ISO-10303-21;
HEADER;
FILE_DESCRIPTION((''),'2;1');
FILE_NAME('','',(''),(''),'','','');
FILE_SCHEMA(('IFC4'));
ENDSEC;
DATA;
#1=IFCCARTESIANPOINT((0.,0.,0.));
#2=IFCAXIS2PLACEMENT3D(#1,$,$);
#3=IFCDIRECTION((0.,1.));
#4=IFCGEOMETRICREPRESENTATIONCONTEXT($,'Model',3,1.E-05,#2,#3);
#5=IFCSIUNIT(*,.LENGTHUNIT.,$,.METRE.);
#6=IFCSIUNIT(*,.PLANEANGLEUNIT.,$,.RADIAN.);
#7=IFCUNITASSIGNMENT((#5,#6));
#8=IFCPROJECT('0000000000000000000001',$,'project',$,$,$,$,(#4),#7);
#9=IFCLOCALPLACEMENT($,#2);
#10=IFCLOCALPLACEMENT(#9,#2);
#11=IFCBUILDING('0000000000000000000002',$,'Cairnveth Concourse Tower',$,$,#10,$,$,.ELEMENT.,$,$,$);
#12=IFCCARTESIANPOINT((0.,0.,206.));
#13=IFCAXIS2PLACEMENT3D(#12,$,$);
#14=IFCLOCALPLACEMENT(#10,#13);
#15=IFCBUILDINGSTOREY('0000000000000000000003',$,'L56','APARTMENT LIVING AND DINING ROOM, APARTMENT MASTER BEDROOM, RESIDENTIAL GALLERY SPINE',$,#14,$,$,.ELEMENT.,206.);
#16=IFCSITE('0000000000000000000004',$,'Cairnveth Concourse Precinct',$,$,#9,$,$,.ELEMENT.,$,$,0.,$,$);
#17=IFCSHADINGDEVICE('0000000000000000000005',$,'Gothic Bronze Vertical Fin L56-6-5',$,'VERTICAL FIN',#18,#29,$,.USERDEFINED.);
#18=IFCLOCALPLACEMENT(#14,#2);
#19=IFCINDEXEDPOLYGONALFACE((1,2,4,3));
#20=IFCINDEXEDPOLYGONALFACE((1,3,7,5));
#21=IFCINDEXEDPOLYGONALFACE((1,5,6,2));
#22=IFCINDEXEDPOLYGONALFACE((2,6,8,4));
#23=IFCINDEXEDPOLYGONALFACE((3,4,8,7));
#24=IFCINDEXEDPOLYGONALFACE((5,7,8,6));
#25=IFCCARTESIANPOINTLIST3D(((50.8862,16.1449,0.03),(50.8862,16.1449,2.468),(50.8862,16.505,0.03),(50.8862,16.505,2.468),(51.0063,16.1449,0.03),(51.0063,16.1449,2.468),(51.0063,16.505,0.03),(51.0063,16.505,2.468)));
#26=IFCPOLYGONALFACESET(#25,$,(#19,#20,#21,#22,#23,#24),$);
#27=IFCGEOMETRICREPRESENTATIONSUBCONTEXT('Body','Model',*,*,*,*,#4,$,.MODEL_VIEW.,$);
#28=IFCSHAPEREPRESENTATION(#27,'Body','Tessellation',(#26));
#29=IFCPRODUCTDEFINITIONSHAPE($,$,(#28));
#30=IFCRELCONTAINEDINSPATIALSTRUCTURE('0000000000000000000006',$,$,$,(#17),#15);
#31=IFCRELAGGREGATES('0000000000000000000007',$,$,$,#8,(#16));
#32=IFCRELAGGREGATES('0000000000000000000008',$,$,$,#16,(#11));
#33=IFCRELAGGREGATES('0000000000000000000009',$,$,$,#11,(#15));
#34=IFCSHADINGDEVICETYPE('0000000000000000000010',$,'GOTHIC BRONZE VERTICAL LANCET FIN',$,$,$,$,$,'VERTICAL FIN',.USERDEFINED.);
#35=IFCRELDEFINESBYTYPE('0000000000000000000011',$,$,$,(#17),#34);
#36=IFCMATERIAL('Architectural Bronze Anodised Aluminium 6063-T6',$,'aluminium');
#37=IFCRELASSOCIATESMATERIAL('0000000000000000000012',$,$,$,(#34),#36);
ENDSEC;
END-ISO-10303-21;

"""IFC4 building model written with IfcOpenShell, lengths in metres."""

from ifc_helpers import new_model, si_unit, direction, frame, origin, origin_2d, place, context, subcontext, project, spatial, rectangle, extrude, material, type_object, element, save


model = new_model("IFC4")

# Units and contexts
model_context = context("Model", 3, precision=1e-05, world=origin(), true_north=direction((0.0, 1.0)))
body_context = subcontext(model_context, "Body", "Model", "MODEL_VIEW")
ifc_project = project(units=[si_unit("LENGTHUNIT", "METRE"), si_unit("PLANEANGLEUNIT", "RADIAN")], contexts=[model_context])

# Site, building, storey
site_placement = place(None, origin())
site = spatial("IfcSite", under=ifc_project, at=site_placement, Name="Cairnveth Concourse Precinct", CompositionType="ELEMENT", RefElevation=0.0)
building_placement = place(site_placement, origin())
building = spatial("IfcBuilding", under=site, at=building_placement, Name="Cairnveth Concourse Tower", CompositionType="ELEMENT")
storey_placement = place(building_placement, frame((0.0, 0.0, 206.0)))
storey = spatial("IfcBuildingStorey", under=building, at=storey_placement, Name="L56", Description="APARTMENT LIVING AND DINING ROOM, APARTMENT MASTER BEDROOM, RESIDENTIAL GALLERY SPINE", CompositionType="ELEMENT", Elevation=206.0)

# Shading device
ifc_material_1 = material(Name="Architectural Bronze Anodised Aluminium 6063-T6", Category="aluminium")
shading_device_type = type_object("IfcShadingDeviceType", Name="GOTHIC BRONZE VERTICAL LANCET FIN", ElementType="VERTICAL FIN", PredefinedType="USERDEFINED", material=ifc_material_1)
for number, where, z_axis, x_axis, name in (
    (1, (50.9463, 16.325, 0.03), (0.0, 0.0, 1.0), (1.0, 0.0, 0.0), "Gothic Bronze Vertical Fin L56-6-5"),
):
    element("IfcShadingDevice", number, at=place(storey_placement, frame(where, z_axis=z_axis, x_axis=x_axis)), inside=storey, type_object=shading_device_type, Name=name, ObjectType="VERTICAL FIN", PredefinedType="USERDEFINED", context=body_context, shape_type="SweptSolid", body=[
        extrude(rectangle(XDim=0.1201, YDim=0.3601, at=origin_2d()), origin(), (0.0, 0.0, 1.0), 2.438),
    ])

save(model, "model.ifc")
